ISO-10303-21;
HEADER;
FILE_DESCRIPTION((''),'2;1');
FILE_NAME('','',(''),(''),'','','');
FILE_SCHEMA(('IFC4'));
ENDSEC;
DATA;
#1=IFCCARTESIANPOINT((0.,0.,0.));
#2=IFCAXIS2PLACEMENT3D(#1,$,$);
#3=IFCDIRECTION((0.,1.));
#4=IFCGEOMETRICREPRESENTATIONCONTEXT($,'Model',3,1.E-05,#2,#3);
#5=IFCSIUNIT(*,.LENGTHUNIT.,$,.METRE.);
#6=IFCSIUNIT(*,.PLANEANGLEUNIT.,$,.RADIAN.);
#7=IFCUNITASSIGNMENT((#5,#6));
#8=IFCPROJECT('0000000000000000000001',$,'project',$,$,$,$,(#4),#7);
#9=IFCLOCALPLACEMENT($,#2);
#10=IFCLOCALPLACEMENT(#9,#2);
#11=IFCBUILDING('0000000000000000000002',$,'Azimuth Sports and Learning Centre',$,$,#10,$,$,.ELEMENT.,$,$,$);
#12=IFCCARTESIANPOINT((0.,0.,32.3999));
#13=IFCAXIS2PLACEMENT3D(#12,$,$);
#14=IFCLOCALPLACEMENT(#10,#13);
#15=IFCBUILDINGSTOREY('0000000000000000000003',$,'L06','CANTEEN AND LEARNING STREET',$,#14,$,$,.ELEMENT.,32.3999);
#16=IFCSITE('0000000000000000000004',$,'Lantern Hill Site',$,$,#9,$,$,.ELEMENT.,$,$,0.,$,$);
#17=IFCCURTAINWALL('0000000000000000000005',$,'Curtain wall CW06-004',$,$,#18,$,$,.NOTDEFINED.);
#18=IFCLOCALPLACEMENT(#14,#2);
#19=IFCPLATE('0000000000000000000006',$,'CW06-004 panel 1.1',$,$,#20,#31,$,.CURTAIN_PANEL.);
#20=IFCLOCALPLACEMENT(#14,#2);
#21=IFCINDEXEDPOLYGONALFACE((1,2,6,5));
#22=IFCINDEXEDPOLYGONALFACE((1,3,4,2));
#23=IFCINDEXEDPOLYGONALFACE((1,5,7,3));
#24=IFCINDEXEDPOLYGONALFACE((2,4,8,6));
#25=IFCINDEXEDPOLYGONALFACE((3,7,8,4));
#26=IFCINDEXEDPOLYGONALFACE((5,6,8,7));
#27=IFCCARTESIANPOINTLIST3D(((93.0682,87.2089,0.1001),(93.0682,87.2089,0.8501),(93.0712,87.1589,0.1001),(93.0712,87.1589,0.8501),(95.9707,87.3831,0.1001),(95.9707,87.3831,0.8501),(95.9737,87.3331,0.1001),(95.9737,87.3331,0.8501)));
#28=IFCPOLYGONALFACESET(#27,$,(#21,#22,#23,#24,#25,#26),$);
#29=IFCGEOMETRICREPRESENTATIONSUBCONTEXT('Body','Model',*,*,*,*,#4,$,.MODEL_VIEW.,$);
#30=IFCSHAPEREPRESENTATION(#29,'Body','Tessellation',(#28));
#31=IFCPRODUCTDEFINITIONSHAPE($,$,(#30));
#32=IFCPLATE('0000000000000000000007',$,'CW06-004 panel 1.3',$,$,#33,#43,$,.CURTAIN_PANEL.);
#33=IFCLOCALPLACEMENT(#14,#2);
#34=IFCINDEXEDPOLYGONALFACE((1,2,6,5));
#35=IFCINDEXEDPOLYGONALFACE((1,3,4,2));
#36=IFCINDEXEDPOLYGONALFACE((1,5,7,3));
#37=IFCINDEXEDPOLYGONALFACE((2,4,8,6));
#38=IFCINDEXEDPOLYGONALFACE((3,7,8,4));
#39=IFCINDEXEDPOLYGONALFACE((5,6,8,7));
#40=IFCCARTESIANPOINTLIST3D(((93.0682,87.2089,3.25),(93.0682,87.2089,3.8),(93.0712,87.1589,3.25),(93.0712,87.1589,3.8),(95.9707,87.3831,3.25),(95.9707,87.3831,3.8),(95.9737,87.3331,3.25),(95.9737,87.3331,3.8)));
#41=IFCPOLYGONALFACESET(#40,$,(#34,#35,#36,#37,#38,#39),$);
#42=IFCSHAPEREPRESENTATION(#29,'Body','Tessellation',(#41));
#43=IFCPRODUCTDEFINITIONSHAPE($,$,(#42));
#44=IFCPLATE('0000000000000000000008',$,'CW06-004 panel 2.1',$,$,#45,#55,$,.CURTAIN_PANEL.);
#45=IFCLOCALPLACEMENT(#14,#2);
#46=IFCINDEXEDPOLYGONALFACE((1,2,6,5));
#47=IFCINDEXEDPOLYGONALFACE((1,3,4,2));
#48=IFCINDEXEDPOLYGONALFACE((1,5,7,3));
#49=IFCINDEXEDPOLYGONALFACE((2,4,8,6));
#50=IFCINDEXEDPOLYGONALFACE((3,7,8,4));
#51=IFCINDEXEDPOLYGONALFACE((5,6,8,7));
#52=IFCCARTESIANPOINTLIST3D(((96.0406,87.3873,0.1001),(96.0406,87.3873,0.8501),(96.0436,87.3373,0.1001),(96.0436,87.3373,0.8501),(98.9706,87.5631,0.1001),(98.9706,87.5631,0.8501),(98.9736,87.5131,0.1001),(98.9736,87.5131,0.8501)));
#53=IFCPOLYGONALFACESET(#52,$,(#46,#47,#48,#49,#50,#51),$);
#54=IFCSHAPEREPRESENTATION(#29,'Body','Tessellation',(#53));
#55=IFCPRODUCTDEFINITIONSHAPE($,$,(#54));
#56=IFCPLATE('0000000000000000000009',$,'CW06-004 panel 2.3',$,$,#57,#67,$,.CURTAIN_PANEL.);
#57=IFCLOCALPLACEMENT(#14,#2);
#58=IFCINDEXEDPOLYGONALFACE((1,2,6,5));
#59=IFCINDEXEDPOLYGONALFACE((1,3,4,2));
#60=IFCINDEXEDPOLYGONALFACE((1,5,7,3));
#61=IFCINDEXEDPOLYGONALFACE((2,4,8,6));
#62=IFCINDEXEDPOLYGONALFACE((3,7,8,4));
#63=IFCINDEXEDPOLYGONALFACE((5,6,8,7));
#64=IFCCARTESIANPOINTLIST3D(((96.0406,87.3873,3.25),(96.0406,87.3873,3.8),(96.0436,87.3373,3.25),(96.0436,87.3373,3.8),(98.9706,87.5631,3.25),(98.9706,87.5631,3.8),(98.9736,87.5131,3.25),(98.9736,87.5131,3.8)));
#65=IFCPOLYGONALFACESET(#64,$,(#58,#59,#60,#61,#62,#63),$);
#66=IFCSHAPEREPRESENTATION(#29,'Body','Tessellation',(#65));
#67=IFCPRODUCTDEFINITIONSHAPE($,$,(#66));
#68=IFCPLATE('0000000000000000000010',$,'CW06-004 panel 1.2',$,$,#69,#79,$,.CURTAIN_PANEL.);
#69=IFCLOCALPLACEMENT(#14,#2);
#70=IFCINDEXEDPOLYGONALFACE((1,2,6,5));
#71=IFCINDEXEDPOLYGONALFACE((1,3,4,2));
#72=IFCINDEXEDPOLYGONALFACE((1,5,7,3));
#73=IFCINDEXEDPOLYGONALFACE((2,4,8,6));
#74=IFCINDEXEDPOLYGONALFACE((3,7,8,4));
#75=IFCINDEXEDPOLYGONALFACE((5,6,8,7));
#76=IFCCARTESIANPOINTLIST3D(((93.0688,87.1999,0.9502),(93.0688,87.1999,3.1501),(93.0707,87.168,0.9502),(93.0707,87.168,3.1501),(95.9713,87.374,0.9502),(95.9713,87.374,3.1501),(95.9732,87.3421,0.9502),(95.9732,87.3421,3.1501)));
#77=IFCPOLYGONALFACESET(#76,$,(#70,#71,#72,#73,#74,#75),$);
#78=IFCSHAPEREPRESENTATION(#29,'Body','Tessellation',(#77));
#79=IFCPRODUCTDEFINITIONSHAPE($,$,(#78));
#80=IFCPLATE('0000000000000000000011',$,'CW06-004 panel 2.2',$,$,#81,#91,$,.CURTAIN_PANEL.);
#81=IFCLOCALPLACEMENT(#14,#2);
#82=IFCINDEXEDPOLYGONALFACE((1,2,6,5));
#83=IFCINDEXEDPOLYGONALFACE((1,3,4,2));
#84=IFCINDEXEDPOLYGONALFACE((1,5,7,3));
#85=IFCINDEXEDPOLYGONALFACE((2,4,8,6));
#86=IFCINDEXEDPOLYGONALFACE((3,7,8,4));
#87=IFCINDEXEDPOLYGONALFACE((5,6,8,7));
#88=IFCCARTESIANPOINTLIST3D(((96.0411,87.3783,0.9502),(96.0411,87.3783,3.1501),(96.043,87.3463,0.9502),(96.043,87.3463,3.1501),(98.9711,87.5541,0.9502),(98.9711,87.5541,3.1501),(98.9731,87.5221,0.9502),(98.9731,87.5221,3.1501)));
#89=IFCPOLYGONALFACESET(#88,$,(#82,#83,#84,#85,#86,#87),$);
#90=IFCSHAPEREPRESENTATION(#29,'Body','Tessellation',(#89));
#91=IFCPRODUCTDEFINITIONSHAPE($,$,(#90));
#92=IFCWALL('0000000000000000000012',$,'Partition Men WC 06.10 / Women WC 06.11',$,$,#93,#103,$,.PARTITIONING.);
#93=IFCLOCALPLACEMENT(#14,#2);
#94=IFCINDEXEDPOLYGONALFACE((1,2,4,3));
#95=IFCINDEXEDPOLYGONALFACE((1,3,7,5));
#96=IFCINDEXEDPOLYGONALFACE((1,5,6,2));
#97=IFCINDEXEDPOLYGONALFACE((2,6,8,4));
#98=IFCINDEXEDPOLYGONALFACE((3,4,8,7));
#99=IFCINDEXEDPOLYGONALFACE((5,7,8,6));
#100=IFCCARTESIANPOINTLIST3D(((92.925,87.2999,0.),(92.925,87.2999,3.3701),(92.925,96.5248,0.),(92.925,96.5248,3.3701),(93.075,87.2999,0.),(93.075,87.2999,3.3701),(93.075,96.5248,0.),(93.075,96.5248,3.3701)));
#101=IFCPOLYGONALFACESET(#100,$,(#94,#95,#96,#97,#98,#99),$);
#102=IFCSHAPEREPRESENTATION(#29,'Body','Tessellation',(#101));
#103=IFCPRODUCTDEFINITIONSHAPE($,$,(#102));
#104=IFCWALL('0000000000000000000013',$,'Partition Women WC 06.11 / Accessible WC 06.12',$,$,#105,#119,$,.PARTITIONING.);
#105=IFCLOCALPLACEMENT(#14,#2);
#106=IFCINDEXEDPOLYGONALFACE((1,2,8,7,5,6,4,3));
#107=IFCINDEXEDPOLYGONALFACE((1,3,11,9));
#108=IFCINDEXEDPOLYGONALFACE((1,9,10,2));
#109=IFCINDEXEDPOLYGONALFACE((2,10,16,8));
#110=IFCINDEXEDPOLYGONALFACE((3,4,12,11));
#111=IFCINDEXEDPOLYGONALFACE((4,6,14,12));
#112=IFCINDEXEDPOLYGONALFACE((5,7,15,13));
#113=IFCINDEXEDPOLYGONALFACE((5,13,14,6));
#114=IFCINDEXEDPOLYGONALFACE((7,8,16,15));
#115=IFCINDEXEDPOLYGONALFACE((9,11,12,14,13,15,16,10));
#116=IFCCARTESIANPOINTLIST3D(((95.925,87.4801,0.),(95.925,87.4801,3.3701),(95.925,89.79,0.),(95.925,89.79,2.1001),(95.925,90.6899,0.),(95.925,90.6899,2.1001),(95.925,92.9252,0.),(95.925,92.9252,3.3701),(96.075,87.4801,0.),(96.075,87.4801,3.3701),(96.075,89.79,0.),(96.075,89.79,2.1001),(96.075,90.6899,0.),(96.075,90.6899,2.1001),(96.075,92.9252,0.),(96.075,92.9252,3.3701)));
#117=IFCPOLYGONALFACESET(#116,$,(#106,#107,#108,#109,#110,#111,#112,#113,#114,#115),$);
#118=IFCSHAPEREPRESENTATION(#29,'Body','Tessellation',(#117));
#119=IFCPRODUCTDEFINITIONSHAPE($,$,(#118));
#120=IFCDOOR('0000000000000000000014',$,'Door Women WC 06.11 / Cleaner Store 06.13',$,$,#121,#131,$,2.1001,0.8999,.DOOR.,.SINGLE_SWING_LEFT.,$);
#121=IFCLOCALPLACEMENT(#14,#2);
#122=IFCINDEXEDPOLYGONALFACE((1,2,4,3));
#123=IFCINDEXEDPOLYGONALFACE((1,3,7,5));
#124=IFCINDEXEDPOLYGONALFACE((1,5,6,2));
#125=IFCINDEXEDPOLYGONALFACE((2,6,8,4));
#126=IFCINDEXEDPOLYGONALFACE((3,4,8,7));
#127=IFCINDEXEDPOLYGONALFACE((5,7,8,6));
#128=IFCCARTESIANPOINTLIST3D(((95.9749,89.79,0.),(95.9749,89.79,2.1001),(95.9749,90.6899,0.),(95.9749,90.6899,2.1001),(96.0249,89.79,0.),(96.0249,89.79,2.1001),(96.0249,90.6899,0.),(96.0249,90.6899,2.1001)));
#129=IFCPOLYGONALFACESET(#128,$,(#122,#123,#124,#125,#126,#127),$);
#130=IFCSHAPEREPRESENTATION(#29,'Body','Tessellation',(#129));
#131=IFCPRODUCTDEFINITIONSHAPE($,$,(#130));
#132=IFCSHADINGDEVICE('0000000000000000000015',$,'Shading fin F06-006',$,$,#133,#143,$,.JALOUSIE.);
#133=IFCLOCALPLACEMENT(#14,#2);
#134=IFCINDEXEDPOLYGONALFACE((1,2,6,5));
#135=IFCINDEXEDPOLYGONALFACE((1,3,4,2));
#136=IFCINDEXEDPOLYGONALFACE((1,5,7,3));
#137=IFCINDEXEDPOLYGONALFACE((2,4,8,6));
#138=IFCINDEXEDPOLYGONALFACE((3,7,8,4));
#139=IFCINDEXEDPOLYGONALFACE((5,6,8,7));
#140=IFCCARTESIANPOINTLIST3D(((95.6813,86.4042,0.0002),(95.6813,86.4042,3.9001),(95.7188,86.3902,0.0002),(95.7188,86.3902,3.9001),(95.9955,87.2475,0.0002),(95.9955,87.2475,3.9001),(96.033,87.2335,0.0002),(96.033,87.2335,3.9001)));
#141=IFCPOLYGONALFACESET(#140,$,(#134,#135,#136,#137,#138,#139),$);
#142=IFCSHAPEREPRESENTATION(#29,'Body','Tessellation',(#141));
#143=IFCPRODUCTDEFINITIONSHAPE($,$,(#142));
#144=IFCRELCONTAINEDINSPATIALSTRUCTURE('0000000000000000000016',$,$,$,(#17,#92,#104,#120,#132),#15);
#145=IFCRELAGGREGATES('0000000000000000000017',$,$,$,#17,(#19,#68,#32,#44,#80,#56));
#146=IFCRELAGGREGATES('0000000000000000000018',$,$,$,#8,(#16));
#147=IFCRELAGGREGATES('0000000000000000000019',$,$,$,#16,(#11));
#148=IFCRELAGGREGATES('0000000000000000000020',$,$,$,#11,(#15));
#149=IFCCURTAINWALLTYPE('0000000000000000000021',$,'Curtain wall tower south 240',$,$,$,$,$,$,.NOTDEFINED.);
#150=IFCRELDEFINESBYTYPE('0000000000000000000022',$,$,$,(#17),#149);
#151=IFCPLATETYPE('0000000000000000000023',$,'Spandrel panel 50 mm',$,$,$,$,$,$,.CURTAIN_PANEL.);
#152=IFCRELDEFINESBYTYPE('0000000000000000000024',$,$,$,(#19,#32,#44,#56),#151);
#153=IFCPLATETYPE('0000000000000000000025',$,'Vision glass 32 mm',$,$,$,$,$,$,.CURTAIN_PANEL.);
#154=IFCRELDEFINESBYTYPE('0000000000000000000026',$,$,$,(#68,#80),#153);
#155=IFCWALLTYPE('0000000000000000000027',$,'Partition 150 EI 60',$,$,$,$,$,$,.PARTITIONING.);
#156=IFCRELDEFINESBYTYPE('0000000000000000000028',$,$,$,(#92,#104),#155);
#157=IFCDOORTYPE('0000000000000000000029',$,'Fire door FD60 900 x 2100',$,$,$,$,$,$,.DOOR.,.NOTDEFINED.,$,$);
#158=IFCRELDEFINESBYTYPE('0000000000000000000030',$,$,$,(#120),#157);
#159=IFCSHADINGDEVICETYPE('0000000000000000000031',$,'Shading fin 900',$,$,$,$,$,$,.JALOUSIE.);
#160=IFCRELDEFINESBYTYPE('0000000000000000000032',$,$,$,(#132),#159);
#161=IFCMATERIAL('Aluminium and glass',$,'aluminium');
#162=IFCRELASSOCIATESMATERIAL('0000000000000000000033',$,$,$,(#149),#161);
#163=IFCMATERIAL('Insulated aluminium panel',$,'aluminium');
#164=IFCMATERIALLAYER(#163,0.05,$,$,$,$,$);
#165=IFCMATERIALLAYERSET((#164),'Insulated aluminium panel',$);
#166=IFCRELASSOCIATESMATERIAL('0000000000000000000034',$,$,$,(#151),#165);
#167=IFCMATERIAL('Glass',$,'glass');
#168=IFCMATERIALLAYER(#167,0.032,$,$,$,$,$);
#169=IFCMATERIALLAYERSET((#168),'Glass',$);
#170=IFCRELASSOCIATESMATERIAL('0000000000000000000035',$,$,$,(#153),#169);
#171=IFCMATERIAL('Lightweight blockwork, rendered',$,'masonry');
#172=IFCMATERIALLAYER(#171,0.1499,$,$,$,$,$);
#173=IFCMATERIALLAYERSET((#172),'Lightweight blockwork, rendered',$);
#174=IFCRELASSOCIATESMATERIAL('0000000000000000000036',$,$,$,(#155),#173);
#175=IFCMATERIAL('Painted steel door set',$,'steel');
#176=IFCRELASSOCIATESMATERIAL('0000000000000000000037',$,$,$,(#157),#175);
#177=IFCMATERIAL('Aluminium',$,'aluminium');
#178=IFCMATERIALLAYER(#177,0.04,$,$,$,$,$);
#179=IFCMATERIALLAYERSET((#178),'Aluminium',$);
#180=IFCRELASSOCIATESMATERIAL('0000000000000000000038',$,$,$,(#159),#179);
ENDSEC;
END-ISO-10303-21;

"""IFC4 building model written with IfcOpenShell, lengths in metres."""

from ifc_helpers import new_model, si_unit, direction, frame, frame_2d, origin, origin_2d, place, context, subcontext, project, spatial, rectangle, extrude, material, layer, layer_set, type_object, element, fill, aggregate, save


model = new_model("IFC4")

# Units and contexts
model_context = context("Model", 3, precision=1e-05, world=origin(), true_north=direction((0.0, 1.0)))
body_context = subcontext(model_context, "Body", "Model", "MODEL_VIEW")
ifc_project = project(units=[si_unit("LENGTHUNIT", "METRE"), si_unit("PLANEANGLEUNIT", "RADIAN")], contexts=[model_context])

# Site, building, storey
site_placement = place(None, origin())
site = spatial("IfcSite", under=ifc_project, at=site_placement, Name="Lantern Hill Site", CompositionType="ELEMENT", RefElevation=0.0)
building_placement = place(site_placement, origin())
building = spatial("IfcBuilding", under=site, at=building_placement, Name="Azimuth Sports and Learning Centre", CompositionType="ELEMENT")
storey_placement = place(building_placement, frame((0.0, 0.0, 32.3999)))
storey = spatial("IfcBuildingStorey", under=building, at=storey_placement, Name="L06", Description="CANTEEN AND LEARNING STREET", CompositionType="ELEMENT", Elevation=32.3999)

# Curtain wall, plates
ifc_material_1 = material(Name="Aluminium and glass", Category="aluminium")
curtain_wall_type = type_object("IfcCurtainWallType", Name="Curtain wall tower south 240", PredefinedType="NOTDEFINED", material=ifc_material_1)
curtain_wall_placement = place(storey_placement, origin())
curtain_wall = element("IfcCurtainWall", 1, at=curtain_wall_placement, inside=storey, type_object=curtain_wall_type, Name="Curtain wall CW06-004", PredefinedType="NOTDEFINED")
ifc_material_2 = material(Name="Insulated aluminium panel", Category="aluminium")
ifc_layer_1 = layer(ifc_material_2, 0.05)
ifc_layer_set_1 = layer_set([ifc_layer_1], Name="Insulated aluminium panel")
plate_type_1 = type_object("IfcPlateType", Name="Spandrel panel 50 mm", PredefinedType="CURTAIN_PANEL", material=ifc_layer_set_1)
plate_1_placement = place(storey_placement, frame((94.521, 87.271, 0.1001), z_axis=(0.0, 0.0, 1.0), x_axis=(0.998205, 0.059892, 0.0)))
plate_1 = element("IfcPlate", 2, at=plate_1_placement, type_object=plate_type_1, Name="CW06-004 panel 1.1", PredefinedType="CURTAIN_PANEL", context=body_context, shape_type="SweptSolid", body=[
    extrude(rectangle(XDim=2.9077, YDim=0.05, at=origin_2d()), origin(), (0.0, 0.0, 1.0), 0.75),
])
plate_2_placement = place(storey_placement, frame((94.521, 87.271, 3.25), z_axis=(0.0, 0.0, 1.0), x_axis=(0.998205, 0.059892, 0.0)))
plate_2 = element("IfcPlate", 3, at=plate_2_placement, type_object=plate_type_1, Name="CW06-004 panel 1.3", PredefinedType="CURTAIN_PANEL", context=body_context, shape_type="SweptSolid", body=[
    extrude(rectangle(XDim=2.9077, YDim=0.05, at=origin_2d()), origin(), (0.0, 0.0, 1.0), 0.55),
])
plate_3_placement = place(storey_placement, frame((97.5071, 87.4502, 0.1001), z_axis=(0.0, 0.0, 1.0), x_axis=(0.998205, 0.059892, 0.0)))
plate_3 = element("IfcPlate", 4, at=plate_3_placement, type_object=plate_type_1, Name="CW06-004 panel 2.1", PredefinedType="CURTAIN_PANEL", context=body_context, shape_type="SweptSolid", body=[
    extrude(rectangle(XDim=2.9353, YDim=0.05, at=origin_2d()), origin(), (0.0, 0.0, 1.0), 0.75),
])
plate_4_placement = place(storey_placement, frame((97.5071, 87.4502, 3.25), z_axis=(0.0, 0.0, 1.0), x_axis=(0.998205, 0.059892, 0.0)))
plate_4 = element("IfcPlate", 5, at=plate_4_placement, type_object=plate_type_1, Name="CW06-004 panel 2.3", PredefinedType="CURTAIN_PANEL", context=body_context, shape_type="SweptSolid", body=[
    extrude(rectangle(XDim=2.9353, YDim=0.05, at=origin_2d()), origin(), (0.0, 0.0, 1.0), 0.55),
])
ifc_material_3 = material(Name="Glass", Category="glass")
ifc_layer_2 = layer(ifc_material_3, 0.032)
ifc_layer_set_2 = layer_set([ifc_layer_2], Name="Glass")
plate_type_2 = type_object("IfcPlateType", Name="Vision glass 32 mm", PredefinedType="CURTAIN_PANEL", material=ifc_layer_set_2)
plate_5_placement = place(storey_placement, frame((94.521, 87.271, 0.9502), z_axis=(0.0, 0.0, 1.0), x_axis=(0.998205, 0.059892, 0.0)))
plate_5 = element("IfcPlate", 6, at=plate_5_placement, type_object=plate_type_2, Name="CW06-004 panel 1.2", PredefinedType="CURTAIN_PANEL", context=body_context, shape_type="SweptSolid", body=[
    extrude(rectangle(XDim=2.9077, YDim=0.032, at=origin_2d()), origin(), (0.0, 0.0, 1.0), 2.2),
])
plate_6_placement = place(storey_placement, frame((97.5071, 87.4502, 0.9502), z_axis=(0.0, 0.0, 1.0), x_axis=(0.998205, 0.059892, 0.0)))
plate_6 = element("IfcPlate", 7, at=plate_6_placement, type_object=plate_type_2, Name="CW06-004 panel 2.2", PredefinedType="CURTAIN_PANEL", context=body_context, shape_type="SweptSolid", body=[
    extrude(rectangle(XDim=2.9353, YDim=0.032, at=origin_2d()), origin(), (0.0, 0.0, 1.0), 2.2),
])
aggregate(curtain_wall, [plate_1, plate_5, plate_2, plate_3, plate_6, plate_4])

# Wall
ifc_material_4 = material(Name="Lightweight blockwork, rendered", Category="masonry")
ifc_layer_3 = layer(ifc_material_4, 0.1499)
ifc_layer_set_3 = layer_set([ifc_layer_3], Name="Lightweight blockwork, rendered")
wall_type = type_object("IfcWallType", Name="Partition 150 EI 60", PredefinedType="PARTITIONING", material=ifc_layer_set_3)
wall_1_placement = place(storey_placement, frame((93.0, 87.3, 0.0), z_axis=(0.0, 0.0, 1.0), x_axis=(0.0, 1.0, 0.0)))
element("IfcWall", 8, at=wall_1_placement, inside=storey, type_object=wall_type, Name="Partition Men WC 06.10 / Women WC 06.11", PredefinedType="PARTITIONING", context=body_context, shape_type="SweptSolid", body=[
    extrude(rectangle(XDim=9.2249, YDim=0.1499, at=frame_2d((4.6123, 0.0))), origin(), (0.0, 0.0, 1.0), 3.3701),
])

# Wall, opening, door
wall_2_placement = place(storey_placement, frame((96.0, 87.48, 0.0), z_axis=(0.0, 0.0, 1.0), x_axis=(0.0, 1.0, 0.0)))
wall_2 = element("IfcWall", 9, at=wall_2_placement, inside=storey, type_object=wall_type, Name="Partition Women WC 06.11 / Accessible WC 06.12", PredefinedType="PARTITIONING", context=body_context, shape_type="SweptSolid", body=[
    extrude(rectangle(XDim=5.4451, YDim=0.1499, at=frame_2d((2.7227, 0.0))), origin(), (0.0, 0.0, 1.0), 3.3701),
])
opening_placement = place(wall_2_placement, frame((2.3101, 0.0, 0.0)))
opening = element("IfcOpeningElement", 10, at=opening_placement, cuts=wall_2, PredefinedType="OPENING", context=body_context, shape_type="SweptSolid", body=[
    extrude(rectangle(XDim=0.8999, YDim=2.1001, at=frame_2d((0.45, 1.05))), frame((0.0, 0.0859, 0.0), z_axis=(0.0, -1.0, 0.0), x_axis=(1.0, 0.0, 0.0)), (0.0, 0.0, 1.0), 0.1719),
])
ifc_material_5 = material(Name="Painted steel door set", Category="steel")
door_type = type_object("IfcDoorType", Name="Fire door FD60 900 x 2100", OperationType="NOTDEFINED", PredefinedType="DOOR", material=ifc_material_5)
door_placement = place(opening_placement, frame((0.8999, 0.0, 0.0), z_axis=(0.0, 0.0, 1.0), x_axis=(-1.0, 0.0, 0.0)))
door = element("IfcDoor", 11, at=door_placement, inside=storey, type_object=door_type, Name="Door Women WC 06.11 / Cleaner Store 06.13", OperationType="SINGLE_SWING_LEFT", OverallHeight=2.1001, OverallWidth=0.8999, PredefinedType="DOOR", context=body_context, shape_type="SweptSolid", body=[
    extrude(rectangle(XDim=0.8999, YDim=2.1001, at=frame_2d((0.45, 1.05))), frame((0.0, 0.0249, 0.0), z_axis=(0.0, -1.0, 0.0), x_axis=(1.0, 0.0, 0.0)), (0.0, 0.0, 1.0), 0.05),
])
fill(opening, door)

# Shading device
ifc_material_6 = material(Name="Aluminium", Category="aluminium")
ifc_layer_4 = layer(ifc_material_6, 0.04)
ifc_layer_set_4 = layer_set([ifc_layer_4], Name="Aluminium")
shading_device_type = type_object("IfcShadingDeviceType", Name="Shading fin 900", PredefinedType="JALOUSIE", material=ifc_layer_set_4)
shading_device_placement = place(storey_placement, frame((95.8572, 86.8188, 0.0002), z_axis=(0.0, 0.0, 1.0), x_axis=(-0.349143, -0.937069, 0.0)))
element("IfcShadingDevice", 12, at=shading_device_placement, inside=storey, type_object=shading_device_type, Name="Shading fin F06-006", PredefinedType="JALOUSIE", context=body_context, shape_type="SweptSolid", body=[
    extrude(rectangle(XDim=0.8999, YDim=0.04, at=origin_2d()), origin(), (0.0, 0.0, 1.0), 3.8999),
])

save(model, "model.ifc")
